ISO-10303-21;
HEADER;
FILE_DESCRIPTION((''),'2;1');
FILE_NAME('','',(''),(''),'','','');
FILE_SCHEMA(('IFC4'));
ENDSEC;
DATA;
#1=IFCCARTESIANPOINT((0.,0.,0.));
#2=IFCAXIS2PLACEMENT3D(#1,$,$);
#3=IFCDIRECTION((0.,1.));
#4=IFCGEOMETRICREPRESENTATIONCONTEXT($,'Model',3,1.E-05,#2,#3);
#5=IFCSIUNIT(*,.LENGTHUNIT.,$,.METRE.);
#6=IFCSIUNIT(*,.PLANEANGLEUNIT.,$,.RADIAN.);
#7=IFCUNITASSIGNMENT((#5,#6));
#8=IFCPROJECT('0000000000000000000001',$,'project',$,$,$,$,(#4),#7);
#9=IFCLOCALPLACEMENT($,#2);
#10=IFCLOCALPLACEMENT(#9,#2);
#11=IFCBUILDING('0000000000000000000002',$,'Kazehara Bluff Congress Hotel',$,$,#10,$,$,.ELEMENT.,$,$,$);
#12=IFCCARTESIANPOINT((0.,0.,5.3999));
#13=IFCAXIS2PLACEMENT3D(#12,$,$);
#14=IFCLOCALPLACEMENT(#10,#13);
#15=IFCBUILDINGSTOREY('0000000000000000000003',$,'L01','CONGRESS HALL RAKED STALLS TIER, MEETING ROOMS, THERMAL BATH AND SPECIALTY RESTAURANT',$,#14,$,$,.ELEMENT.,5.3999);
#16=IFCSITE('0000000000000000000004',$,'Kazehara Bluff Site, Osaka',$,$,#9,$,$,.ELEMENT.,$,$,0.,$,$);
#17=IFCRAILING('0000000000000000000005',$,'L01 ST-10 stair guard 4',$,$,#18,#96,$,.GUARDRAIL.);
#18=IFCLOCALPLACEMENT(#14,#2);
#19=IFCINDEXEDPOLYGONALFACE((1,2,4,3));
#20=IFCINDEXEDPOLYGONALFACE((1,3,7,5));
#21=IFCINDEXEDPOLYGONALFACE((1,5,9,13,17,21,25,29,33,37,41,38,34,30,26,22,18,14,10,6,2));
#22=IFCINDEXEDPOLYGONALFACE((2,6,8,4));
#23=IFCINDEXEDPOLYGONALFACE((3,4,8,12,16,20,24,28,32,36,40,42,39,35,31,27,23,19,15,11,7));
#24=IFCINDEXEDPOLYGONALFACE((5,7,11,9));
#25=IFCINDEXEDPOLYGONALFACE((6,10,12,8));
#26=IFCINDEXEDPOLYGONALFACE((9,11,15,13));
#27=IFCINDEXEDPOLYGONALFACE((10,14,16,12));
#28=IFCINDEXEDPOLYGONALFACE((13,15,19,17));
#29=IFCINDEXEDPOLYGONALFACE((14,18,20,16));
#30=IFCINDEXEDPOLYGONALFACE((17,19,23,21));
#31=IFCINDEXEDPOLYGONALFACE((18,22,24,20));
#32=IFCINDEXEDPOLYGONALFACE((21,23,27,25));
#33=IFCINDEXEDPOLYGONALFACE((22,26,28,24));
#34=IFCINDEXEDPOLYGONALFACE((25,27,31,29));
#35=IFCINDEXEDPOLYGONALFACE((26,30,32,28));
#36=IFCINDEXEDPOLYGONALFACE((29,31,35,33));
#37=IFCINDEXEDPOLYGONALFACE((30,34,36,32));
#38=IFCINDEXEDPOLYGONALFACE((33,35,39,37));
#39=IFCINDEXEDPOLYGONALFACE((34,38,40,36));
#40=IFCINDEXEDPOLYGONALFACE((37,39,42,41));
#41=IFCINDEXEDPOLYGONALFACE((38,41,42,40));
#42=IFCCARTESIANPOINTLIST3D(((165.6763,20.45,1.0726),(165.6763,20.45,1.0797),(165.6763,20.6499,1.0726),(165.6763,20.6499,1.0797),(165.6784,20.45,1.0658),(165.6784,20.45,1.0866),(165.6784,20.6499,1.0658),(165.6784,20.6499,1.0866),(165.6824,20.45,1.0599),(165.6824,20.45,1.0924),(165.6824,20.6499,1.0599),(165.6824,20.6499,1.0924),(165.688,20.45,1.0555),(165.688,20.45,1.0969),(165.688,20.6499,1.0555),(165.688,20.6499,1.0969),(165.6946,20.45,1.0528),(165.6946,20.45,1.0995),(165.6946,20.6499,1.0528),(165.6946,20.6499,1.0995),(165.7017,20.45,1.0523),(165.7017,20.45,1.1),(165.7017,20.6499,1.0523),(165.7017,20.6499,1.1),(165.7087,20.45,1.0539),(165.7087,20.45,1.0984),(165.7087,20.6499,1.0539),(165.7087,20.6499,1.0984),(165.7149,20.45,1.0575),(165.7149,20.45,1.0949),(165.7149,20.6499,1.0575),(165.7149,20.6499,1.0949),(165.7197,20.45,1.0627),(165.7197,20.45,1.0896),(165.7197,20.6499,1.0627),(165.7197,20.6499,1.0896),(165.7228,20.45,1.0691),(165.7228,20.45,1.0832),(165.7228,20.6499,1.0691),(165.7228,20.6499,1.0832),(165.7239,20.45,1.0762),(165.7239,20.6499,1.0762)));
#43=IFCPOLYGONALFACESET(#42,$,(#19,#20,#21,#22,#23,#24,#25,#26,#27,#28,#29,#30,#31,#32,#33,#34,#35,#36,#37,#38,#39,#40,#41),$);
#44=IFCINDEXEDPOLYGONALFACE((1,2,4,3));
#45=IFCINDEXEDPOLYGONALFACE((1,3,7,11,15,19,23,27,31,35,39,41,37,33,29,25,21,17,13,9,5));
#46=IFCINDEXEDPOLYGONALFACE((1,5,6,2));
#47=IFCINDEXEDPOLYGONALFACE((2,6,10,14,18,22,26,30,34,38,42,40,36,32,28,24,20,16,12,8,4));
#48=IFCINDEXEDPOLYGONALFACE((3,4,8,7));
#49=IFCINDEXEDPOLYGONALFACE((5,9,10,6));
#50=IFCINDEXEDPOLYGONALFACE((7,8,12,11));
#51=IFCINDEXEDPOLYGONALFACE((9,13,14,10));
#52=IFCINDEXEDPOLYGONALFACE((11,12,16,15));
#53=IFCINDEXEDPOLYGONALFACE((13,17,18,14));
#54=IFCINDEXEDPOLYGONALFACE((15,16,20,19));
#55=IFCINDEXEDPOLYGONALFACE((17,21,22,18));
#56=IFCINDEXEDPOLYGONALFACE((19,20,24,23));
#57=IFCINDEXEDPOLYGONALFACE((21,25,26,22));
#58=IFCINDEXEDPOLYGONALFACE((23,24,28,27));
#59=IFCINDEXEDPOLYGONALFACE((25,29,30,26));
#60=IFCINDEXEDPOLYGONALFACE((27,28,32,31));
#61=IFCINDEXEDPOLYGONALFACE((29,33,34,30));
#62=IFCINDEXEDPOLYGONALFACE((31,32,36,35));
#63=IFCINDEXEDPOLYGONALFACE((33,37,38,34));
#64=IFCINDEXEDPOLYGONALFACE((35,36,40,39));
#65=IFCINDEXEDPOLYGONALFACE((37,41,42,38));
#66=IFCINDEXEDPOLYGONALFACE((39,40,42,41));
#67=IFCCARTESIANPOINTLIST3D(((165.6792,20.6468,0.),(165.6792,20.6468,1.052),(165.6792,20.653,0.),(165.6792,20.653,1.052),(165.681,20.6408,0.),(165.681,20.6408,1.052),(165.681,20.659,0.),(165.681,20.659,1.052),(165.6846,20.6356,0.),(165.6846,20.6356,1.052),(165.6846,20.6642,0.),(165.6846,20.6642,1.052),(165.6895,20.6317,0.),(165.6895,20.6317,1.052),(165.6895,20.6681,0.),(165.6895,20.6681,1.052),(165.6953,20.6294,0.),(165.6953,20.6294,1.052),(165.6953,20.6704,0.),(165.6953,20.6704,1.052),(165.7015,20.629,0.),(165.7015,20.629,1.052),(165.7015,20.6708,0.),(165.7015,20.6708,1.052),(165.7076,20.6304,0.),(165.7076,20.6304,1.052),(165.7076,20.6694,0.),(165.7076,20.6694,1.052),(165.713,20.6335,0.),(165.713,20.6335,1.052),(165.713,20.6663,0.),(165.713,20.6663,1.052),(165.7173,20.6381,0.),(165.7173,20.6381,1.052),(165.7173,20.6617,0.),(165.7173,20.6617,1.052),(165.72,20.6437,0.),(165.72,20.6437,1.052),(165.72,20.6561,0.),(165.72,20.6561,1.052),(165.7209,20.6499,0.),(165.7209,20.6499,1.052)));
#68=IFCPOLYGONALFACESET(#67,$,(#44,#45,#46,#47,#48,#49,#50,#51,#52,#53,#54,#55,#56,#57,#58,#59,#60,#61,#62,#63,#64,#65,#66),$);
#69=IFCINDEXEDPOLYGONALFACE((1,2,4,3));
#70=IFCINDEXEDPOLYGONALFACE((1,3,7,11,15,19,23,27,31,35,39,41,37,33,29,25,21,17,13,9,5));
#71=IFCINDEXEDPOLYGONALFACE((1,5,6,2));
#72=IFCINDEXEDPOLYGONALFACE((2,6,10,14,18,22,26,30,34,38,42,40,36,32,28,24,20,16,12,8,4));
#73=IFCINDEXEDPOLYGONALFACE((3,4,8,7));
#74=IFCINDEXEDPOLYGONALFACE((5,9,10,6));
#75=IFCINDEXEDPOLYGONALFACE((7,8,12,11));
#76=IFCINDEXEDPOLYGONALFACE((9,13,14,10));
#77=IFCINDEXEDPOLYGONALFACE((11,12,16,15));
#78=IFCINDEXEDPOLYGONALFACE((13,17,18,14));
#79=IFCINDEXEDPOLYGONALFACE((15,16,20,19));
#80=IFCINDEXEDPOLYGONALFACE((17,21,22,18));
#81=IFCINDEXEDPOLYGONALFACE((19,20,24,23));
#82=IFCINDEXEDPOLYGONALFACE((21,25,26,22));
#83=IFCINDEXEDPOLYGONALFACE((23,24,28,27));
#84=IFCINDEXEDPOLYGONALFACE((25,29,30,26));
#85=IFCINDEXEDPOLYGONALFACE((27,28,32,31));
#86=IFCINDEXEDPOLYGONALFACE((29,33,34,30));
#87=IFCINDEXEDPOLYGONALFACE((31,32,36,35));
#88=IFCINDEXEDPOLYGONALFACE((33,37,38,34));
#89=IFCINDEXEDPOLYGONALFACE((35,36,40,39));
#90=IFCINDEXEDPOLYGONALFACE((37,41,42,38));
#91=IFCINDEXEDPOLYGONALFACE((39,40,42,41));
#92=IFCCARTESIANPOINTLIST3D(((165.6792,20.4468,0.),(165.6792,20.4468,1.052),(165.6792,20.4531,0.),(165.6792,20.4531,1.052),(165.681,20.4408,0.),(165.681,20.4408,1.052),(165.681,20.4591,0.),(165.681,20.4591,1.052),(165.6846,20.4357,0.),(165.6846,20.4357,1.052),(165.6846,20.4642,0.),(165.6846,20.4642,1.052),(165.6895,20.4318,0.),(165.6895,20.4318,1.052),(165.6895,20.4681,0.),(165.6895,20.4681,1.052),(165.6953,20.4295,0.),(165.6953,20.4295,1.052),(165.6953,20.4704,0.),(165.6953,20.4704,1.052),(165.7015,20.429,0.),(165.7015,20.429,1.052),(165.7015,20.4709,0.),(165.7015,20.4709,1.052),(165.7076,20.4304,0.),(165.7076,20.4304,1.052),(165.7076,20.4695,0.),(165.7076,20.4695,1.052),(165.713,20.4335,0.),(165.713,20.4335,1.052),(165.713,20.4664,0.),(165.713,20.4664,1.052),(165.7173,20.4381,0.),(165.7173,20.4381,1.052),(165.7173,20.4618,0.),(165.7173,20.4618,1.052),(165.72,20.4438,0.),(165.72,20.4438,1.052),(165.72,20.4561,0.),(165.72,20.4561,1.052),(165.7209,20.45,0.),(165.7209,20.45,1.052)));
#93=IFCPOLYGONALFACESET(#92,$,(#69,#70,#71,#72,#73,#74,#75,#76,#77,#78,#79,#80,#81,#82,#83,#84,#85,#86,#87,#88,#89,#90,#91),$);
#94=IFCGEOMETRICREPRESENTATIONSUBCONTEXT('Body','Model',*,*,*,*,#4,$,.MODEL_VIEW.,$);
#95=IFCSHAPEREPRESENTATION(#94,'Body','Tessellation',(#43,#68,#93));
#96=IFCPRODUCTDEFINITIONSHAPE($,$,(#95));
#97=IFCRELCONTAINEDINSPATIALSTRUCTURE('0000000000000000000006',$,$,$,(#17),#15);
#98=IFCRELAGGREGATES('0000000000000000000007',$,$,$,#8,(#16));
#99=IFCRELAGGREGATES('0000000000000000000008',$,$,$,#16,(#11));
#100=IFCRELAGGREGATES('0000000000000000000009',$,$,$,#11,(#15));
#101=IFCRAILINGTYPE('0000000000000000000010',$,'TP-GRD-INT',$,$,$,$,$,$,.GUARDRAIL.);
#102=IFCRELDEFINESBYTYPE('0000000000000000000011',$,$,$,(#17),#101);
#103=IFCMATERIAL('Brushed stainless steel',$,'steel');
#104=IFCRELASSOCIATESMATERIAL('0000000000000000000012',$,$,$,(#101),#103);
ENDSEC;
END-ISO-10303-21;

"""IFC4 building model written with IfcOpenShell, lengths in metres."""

from ifc_helpers import new_model, si_unit, direction, frame, origin, origin_2d, place, context, subcontext, project, spatial, circle, extrude, material, type_object, element, save


model = new_model("IFC4")

# Units and contexts
model_context = context("Model", 3, precision=1e-05, world=origin(), true_north=direction((0.0, 1.0)))
body_context = subcontext(model_context, "Body", "Model", "MODEL_VIEW")
ifc_project = project(units=[si_unit("LENGTHUNIT", "METRE"), si_unit("PLANEANGLEUNIT", "RADIAN")], contexts=[model_context])

# Site, building, storey
site_placement = place(None, origin())
site = spatial("IfcSite", under=ifc_project, at=site_placement, Name="Kazehara Bluff Site, Osaka", CompositionType="ELEMENT", RefElevation=0.0)
building_placement = place(site_placement, origin())
building = spatial("IfcBuilding", under=site, at=building_placement, Name="Kazehara Bluff Congress Hotel", CompositionType="ELEMENT")
storey_placement = place(building_placement, frame((0.0, 0.0, 5.3999)))
storey = spatial("IfcBuildingStorey", under=building, at=storey_placement, Name="L01", Description="CONGRESS HALL RAKED STALLS TIER, MEETING ROOMS, THERMAL BATH AND SPECIALTY RESTAURANT", CompositionType="ELEMENT", Elevation=5.3999)

# Railing
ifc_material_1 = material(Name="Brushed stainless steel", Category="steel")
railing_type_1 = type_object("IfcRailingType", Name="TP-GRD-INT", PredefinedType="GUARDRAIL", material=ifc_material_1)
railing_1_placement = place(storey_placement, frame((165.7, 20.6499, 0.0)))
element("IfcRailing", 1, at=railing_1_placement, inside=storey, type_object=railing_type_1, Name="L01 ST-10 stair guard 4", PredefinedType="GUARDRAIL", context=body_context, shape_type="SweptSolid", body=[
    extrude(circle(Radius=0.0239, at=origin_2d()), frame((0.0, 0.0, 1.0762), z_axis=(0.0, -1.0, 0.0), x_axis=(1.0, 0.0, 0.0)), (0.0, 0.0, 1.0), 0.2),
    extrude(circle(Radius=0.021, at=origin_2d()), origin(), (0.0, 0.0, 1.0), 1.052),
    extrude(circle(Radius=0.021, at=origin_2d()), frame((0.0, -0.2, 0.0)), (0.0, 0.0, 1.0), 1.052),
])

save(model, "model.ifc")
